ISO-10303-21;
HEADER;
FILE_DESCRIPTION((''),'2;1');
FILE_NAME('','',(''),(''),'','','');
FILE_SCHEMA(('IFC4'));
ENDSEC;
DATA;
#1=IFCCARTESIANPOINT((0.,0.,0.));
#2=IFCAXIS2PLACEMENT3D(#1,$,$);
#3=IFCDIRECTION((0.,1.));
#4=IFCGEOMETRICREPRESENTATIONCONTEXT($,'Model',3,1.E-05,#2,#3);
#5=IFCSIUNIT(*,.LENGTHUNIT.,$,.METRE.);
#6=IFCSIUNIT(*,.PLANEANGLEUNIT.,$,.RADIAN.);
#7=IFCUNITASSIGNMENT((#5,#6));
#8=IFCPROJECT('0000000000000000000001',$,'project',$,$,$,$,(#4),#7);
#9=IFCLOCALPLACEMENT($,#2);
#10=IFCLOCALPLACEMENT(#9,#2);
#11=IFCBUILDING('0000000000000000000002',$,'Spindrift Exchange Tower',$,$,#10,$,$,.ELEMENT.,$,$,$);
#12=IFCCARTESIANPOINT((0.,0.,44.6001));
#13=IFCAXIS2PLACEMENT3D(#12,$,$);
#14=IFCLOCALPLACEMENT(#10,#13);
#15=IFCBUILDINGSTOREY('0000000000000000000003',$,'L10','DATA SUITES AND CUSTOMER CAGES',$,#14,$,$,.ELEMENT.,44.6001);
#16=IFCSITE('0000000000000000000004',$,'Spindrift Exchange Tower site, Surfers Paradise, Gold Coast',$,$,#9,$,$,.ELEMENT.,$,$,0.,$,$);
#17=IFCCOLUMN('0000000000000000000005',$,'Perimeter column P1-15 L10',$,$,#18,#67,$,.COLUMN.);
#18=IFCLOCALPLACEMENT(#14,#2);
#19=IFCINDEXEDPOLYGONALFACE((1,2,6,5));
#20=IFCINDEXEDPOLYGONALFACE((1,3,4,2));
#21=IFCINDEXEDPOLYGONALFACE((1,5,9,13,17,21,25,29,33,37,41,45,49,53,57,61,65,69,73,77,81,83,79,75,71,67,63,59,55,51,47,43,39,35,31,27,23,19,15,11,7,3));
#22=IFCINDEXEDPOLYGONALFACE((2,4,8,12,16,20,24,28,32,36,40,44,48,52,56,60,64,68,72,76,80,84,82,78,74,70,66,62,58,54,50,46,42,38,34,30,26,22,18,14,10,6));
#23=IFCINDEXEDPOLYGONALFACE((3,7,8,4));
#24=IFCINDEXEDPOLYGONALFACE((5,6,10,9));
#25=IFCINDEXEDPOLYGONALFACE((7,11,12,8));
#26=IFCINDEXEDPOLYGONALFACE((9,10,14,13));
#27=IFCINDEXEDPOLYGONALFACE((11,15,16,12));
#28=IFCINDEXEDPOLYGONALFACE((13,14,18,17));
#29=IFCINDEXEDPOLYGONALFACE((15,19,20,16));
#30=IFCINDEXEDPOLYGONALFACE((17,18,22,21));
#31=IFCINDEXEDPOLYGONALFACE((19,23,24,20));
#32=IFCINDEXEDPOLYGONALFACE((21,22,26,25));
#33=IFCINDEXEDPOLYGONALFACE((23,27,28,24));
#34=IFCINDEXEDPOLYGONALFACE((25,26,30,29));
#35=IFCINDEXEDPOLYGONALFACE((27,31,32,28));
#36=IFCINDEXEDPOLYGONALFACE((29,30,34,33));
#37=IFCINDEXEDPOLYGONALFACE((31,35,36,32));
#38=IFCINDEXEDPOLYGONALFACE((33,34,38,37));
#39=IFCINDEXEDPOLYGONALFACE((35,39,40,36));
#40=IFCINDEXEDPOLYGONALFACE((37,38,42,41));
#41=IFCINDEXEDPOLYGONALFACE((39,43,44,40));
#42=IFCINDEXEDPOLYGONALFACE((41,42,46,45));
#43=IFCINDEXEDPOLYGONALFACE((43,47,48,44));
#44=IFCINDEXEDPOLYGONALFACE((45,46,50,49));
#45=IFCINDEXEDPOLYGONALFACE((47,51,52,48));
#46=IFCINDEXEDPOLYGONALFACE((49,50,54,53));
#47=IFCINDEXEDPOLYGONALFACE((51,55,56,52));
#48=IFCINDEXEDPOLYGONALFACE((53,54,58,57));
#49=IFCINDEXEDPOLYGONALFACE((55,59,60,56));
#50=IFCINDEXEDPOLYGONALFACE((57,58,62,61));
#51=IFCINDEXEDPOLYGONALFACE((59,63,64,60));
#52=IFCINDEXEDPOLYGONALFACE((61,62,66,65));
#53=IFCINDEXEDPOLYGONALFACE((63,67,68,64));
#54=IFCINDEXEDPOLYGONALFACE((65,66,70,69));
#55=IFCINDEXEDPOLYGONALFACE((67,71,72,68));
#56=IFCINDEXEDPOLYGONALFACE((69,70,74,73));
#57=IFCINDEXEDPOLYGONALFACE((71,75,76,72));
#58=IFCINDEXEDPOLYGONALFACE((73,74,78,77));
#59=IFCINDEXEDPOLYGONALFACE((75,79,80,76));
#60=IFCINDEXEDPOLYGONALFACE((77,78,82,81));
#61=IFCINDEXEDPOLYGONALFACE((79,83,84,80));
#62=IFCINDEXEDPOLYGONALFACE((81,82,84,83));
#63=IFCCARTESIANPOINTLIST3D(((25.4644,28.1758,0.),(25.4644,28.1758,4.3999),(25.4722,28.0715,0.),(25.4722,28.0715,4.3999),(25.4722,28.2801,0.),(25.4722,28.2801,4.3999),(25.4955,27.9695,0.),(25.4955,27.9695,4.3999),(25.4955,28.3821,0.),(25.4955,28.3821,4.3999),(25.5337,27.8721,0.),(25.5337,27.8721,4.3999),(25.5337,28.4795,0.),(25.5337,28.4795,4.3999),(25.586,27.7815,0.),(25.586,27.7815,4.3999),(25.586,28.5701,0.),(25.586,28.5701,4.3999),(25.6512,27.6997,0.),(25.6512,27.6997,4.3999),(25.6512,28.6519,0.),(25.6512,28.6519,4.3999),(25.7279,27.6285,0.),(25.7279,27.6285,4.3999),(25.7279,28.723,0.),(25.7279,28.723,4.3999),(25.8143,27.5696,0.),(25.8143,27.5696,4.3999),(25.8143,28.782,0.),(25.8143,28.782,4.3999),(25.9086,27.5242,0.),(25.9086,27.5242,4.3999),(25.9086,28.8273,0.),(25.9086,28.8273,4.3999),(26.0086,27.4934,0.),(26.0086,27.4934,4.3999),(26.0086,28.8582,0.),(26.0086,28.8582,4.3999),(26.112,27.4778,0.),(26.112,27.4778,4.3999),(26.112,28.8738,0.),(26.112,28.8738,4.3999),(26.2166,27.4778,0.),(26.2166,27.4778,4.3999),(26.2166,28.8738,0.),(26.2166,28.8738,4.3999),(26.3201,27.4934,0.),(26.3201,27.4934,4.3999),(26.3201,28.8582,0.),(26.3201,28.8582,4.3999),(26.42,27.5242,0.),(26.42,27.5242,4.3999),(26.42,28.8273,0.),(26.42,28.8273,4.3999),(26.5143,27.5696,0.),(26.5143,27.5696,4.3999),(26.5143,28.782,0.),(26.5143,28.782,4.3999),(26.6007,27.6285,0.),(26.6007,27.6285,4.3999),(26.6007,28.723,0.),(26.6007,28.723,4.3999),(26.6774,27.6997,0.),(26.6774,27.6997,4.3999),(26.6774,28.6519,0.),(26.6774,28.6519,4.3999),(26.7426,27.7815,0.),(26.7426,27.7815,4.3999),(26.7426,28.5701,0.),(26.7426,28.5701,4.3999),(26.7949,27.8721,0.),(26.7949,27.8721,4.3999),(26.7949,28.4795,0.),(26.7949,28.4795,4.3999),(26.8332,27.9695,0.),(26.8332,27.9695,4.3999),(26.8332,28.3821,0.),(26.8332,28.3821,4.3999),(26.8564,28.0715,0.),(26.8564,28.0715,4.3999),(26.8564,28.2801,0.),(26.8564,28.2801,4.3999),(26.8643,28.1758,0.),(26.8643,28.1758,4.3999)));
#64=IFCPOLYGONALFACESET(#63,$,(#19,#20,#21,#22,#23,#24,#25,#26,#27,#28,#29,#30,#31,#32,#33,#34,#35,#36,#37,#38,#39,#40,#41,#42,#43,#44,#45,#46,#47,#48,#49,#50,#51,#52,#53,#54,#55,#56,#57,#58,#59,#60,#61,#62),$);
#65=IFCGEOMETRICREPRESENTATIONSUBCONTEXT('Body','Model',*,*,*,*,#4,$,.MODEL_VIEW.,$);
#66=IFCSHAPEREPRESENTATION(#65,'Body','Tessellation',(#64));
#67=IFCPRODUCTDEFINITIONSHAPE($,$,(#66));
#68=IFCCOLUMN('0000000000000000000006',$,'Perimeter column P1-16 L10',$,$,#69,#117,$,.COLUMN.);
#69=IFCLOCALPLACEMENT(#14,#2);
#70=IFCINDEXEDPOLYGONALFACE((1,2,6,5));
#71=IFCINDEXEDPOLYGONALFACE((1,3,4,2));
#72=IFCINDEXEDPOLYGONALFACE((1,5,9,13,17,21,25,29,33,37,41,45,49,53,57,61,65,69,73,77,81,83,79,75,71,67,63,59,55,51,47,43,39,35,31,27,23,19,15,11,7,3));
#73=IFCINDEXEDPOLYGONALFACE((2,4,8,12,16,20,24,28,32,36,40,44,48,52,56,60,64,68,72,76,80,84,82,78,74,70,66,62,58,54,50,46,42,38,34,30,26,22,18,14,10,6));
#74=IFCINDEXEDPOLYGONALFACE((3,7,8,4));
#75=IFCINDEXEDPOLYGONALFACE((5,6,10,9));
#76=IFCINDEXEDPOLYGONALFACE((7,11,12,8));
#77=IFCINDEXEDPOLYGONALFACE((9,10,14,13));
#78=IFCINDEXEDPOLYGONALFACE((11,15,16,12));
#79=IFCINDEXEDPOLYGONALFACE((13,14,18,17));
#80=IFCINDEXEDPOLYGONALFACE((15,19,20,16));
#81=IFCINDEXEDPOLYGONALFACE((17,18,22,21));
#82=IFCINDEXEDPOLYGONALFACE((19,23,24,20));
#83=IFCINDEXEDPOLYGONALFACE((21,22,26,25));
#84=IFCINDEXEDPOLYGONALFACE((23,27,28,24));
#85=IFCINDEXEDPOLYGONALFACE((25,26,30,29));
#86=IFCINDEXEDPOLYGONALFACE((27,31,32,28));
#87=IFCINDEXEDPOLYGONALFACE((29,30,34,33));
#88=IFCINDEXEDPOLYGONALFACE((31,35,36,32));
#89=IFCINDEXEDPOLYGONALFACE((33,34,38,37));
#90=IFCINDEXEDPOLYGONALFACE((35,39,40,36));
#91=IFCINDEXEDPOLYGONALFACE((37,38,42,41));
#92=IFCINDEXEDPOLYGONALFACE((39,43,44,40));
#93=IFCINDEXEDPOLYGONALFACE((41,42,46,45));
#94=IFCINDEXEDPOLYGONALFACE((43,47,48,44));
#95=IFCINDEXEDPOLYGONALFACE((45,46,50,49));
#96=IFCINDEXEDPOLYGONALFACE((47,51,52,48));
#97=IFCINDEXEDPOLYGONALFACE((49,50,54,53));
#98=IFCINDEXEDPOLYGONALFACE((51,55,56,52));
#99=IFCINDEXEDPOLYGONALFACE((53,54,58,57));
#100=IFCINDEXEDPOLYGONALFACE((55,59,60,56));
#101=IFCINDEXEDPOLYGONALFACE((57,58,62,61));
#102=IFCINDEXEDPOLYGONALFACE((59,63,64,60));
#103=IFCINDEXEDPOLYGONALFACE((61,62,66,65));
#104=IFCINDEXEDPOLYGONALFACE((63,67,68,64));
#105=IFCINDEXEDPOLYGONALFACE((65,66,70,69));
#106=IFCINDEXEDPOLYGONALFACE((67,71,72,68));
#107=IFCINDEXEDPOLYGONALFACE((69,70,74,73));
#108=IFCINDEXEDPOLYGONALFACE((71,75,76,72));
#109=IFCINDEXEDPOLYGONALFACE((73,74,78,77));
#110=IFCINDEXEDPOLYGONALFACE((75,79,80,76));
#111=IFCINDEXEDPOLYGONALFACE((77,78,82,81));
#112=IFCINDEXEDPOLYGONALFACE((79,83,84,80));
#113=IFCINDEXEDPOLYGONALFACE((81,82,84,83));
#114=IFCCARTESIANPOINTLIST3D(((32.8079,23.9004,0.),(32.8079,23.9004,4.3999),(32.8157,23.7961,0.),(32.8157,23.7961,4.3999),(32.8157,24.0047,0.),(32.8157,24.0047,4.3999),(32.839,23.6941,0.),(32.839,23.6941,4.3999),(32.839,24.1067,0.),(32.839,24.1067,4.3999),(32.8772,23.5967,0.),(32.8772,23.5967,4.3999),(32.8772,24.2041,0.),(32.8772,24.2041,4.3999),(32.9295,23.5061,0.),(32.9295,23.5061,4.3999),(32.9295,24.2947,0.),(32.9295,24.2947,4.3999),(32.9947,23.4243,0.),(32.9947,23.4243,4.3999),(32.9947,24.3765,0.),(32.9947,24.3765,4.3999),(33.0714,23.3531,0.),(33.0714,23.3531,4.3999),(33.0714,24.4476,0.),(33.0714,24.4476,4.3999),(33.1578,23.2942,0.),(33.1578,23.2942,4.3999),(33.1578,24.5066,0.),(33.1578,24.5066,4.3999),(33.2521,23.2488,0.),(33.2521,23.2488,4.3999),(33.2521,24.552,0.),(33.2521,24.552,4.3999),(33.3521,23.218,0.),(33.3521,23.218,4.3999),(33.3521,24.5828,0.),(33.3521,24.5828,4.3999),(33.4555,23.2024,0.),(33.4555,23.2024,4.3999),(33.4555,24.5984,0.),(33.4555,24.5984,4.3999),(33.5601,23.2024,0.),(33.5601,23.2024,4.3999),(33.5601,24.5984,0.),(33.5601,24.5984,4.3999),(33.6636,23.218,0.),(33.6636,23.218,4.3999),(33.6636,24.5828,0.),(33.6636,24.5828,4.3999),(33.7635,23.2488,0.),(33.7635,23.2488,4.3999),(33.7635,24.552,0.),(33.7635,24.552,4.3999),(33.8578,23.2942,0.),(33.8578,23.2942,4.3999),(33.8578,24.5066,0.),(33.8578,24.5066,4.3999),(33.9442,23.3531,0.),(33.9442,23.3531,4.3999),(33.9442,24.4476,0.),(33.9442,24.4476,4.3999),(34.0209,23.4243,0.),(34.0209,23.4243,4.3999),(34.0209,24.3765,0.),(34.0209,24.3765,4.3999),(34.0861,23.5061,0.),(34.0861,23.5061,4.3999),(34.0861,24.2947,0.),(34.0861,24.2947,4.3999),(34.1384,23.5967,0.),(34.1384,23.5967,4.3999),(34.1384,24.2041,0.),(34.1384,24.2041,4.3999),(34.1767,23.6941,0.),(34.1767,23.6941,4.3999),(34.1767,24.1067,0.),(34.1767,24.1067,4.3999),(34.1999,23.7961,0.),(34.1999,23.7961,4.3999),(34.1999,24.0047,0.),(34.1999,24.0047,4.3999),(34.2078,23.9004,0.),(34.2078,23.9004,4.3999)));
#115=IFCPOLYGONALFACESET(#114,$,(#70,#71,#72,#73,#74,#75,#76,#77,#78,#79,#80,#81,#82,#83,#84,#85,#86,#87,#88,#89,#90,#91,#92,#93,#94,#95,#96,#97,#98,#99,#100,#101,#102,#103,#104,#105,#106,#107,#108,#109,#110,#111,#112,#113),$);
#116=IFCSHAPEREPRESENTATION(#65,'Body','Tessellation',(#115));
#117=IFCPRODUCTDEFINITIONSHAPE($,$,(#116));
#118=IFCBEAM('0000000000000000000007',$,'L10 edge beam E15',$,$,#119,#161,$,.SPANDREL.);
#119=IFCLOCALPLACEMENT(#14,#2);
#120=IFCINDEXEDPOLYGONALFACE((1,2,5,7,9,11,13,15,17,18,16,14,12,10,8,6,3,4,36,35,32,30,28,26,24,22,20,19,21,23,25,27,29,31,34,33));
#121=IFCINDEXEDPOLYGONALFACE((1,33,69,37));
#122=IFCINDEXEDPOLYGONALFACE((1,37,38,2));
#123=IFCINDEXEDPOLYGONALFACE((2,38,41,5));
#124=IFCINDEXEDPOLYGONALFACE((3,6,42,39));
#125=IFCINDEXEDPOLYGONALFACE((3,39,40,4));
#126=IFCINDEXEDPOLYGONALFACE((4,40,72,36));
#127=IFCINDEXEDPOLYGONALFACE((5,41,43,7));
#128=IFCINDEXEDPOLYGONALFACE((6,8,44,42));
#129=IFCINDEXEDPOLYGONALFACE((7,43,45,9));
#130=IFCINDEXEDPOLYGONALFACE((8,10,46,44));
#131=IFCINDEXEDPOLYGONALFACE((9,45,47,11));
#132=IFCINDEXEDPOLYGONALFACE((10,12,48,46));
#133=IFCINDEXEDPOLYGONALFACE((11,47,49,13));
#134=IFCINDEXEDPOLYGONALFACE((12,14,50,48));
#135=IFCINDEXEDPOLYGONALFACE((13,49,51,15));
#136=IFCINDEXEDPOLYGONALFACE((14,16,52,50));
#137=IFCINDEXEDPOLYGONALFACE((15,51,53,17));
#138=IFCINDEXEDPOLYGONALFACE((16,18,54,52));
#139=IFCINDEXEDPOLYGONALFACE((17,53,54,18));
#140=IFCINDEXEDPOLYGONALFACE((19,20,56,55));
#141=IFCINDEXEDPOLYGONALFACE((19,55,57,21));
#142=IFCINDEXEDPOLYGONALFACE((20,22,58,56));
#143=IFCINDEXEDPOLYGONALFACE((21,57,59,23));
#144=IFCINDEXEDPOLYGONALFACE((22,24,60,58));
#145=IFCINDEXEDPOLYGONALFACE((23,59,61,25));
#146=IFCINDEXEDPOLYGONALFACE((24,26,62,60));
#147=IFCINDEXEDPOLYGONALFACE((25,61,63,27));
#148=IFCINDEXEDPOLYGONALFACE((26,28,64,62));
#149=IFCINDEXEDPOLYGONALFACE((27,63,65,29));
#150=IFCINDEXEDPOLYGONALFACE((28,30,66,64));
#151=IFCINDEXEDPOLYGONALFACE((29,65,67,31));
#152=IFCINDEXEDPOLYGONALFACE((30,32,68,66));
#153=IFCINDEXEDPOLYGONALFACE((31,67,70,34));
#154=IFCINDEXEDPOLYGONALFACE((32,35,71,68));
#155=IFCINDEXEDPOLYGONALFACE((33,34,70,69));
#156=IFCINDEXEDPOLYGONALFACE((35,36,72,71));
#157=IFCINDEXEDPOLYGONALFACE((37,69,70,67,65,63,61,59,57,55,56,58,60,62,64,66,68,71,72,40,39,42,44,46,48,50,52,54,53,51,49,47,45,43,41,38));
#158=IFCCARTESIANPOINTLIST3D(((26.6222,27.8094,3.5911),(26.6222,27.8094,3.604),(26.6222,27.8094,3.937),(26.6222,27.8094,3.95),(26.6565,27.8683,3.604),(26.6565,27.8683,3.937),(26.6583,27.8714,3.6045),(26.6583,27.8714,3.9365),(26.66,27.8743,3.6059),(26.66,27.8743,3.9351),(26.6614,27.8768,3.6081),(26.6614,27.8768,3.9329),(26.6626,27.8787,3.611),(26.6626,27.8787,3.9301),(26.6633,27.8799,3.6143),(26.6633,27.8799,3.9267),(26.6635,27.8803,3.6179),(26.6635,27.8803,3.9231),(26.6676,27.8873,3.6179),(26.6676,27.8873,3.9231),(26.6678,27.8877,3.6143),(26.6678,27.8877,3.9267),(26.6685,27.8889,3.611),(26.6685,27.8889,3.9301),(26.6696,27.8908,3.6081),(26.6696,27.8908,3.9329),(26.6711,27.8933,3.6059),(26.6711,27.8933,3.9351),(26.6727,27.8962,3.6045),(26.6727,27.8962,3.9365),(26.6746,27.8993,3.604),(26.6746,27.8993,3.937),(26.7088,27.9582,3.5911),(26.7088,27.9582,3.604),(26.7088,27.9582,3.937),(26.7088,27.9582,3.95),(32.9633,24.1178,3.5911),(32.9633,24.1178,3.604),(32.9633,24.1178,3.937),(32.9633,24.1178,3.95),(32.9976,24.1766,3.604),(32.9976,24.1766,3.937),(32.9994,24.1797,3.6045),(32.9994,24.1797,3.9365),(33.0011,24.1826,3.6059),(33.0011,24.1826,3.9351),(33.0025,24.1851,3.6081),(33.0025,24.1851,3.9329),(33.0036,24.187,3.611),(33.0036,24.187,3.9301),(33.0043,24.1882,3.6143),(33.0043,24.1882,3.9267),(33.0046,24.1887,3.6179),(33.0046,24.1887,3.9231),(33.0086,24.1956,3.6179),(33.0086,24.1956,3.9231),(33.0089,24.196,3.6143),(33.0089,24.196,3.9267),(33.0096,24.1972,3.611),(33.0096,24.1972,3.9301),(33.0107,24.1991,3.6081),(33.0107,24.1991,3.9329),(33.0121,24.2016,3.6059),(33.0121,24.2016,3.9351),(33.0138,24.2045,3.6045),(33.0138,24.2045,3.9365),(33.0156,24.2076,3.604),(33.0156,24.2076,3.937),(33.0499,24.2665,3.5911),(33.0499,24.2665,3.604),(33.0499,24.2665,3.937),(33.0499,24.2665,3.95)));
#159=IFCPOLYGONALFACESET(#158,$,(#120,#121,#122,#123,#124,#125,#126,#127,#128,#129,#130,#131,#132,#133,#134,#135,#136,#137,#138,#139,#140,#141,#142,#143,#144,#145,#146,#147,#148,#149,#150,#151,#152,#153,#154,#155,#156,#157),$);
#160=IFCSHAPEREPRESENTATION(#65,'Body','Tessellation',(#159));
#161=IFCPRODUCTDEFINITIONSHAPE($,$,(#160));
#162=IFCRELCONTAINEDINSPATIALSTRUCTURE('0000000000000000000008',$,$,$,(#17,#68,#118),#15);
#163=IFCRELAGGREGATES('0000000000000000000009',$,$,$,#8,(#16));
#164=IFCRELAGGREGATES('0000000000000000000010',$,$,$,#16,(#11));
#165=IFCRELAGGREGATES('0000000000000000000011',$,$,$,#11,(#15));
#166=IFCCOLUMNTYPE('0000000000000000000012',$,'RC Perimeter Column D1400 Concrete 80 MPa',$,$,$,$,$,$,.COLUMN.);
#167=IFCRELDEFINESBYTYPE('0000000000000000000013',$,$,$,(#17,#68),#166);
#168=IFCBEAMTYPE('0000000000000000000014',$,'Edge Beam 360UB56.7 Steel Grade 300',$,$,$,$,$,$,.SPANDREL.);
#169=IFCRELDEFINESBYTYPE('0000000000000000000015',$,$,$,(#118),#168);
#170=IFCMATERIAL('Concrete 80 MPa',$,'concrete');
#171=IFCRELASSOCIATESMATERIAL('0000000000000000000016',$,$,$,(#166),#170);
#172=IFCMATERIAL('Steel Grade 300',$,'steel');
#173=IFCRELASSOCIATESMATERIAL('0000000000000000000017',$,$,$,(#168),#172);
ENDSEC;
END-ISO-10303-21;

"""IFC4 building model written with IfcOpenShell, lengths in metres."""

from ifc_helpers import new_model, si_unit, direction, frame, origin, origin_2d, place, context, subcontext, project, spatial, circle, i_section, extrude, source, transform, mapped, material, material_profile, profile_set, type_object, element, save


model = new_model("IFC4")

# Units and contexts
model_context = context("Model", 3, precision=1e-05, world=origin(), true_north=direction((0.0, 1.0)))
body_context = subcontext(model_context, "Body", "Model", "MODEL_VIEW")
ifc_project = project(units=[si_unit("LENGTHUNIT", "METRE"), si_unit("PLANEANGLEUNIT", "RADIAN")], contexts=[model_context])

# Site, building, storey
site_placement = place(None, origin())
site = spatial("IfcSite", under=ifc_project, at=site_placement, Name="Spindrift Exchange Tower site, Surfers Paradise, Gold Coast", CompositionType="ELEMENT", RefElevation=0.0)
building_placement = place(site_placement, origin())
building = spatial("IfcBuilding", under=site, at=building_placement, Name="Spindrift Exchange Tower", CompositionType="ELEMENT")
storey_placement = place(building_placement, frame((0.0, 0.0, 44.6001)))
storey = spatial("IfcBuildingStorey", under=building, at=storey_placement, Name="L10", Description="DATA SUITES AND CUSTOMER CAGES", CompositionType="ELEMENT", Elevation=44.6001)

# Columns
ifc_material_1 = material(Name="Concrete 80 MPa", Category="concrete")
ifc_material_profile_1 = material_profile(ifc_material_1, circle(Radius=0.7, at=origin_2d()), Name="RC D1400")
ifc_profile_set_1 = profile_set([ifc_material_profile_1], Name="Concrete 80 MPa")
column_type = type_object("IfcColumnType", Name="RC Perimeter Column D1400 Concrete 80 MPa", PredefinedType="COLUMN", material=ifc_profile_set_1)
shared_shape_1 = source(origin(), body_context, "Body", "SweptSolid", [
    extrude(circle(Radius=0.7, at=origin_2d()), origin(), (0.0, 0.0, 1.0), 4.3999),
])
for number, where, z_axis, x_axis, name in (
    (1, (26.1643, 28.1758, 0.0), (0.0, 0.0, 1.0), (1.0, 0.0, 0.0), "Perimeter column P1-15 L10"),
    (2, (33.5078, 23.9004, 0.0), (0.0, 0.0, 1.0), (1.0, 0.0, 0.0), "Perimeter column P1-16 L10"),
):
    element("IfcColumn", number, at=place(storey_placement, frame(where, z_axis=z_axis, x_axis=x_axis)), inside=storey, type_object=column_type, Name=name, PredefinedType="COLUMN", context=body_context, shape_type="MappedRepresentation", body=[
        mapped(shared_shape_1, transform((0.0, 0.0, 0.0), scale=1.0)),
    ])

# Beam
ifc_material_2 = material(Name="Steel Grade 300", Category="steel")
ifc_material_profile_2 = material_profile(ifc_material_2, i_section(OverallWidth=0.1721, OverallDepth=0.3589, WebThickness=0.0081, FlangeThickness=0.0129, FilletRadius=0.0139, at=origin_2d()), Name="360UB56.7")
ifc_profile_set_2 = profile_set([ifc_material_profile_2], Name="Steel Grade 300")
beam_type_1 = type_object("IfcBeamType", Name="Edge Beam 360UB56.7 Steel Grade 300", PredefinedType="SPANDREL", material=ifc_profile_set_2)
shared_shape_2 = source(origin(), body_context, "Body", "SweptSolid", [
    extrude(i_section(OverallWidth=0.1721, OverallDepth=0.3589, WebThickness=0.0081, FlangeThickness=0.0129, FilletRadius=0.0139, at=origin_2d()), origin(), (0.0, 0.0, 1.0), 7.3374),
])
beam_1_placement = place(storey_placement, frame((26.6655, 27.8838, 3.7705), z_axis=(0.864212, -0.503128, 0.0), x_axis=(0.503128, 0.864212, 0.0)))
element("IfcBeam", 3, at=beam_1_placement, inside=storey, type_object=beam_type_1, Name="L10 edge beam E15", PredefinedType="SPANDREL", context=body_context, shape_type="MappedRepresentation", body=[
    mapped(shared_shape_2, transform((0.0, 0.0, 0.0), scale=1.0)),
])

save(model, "model.ifc")
